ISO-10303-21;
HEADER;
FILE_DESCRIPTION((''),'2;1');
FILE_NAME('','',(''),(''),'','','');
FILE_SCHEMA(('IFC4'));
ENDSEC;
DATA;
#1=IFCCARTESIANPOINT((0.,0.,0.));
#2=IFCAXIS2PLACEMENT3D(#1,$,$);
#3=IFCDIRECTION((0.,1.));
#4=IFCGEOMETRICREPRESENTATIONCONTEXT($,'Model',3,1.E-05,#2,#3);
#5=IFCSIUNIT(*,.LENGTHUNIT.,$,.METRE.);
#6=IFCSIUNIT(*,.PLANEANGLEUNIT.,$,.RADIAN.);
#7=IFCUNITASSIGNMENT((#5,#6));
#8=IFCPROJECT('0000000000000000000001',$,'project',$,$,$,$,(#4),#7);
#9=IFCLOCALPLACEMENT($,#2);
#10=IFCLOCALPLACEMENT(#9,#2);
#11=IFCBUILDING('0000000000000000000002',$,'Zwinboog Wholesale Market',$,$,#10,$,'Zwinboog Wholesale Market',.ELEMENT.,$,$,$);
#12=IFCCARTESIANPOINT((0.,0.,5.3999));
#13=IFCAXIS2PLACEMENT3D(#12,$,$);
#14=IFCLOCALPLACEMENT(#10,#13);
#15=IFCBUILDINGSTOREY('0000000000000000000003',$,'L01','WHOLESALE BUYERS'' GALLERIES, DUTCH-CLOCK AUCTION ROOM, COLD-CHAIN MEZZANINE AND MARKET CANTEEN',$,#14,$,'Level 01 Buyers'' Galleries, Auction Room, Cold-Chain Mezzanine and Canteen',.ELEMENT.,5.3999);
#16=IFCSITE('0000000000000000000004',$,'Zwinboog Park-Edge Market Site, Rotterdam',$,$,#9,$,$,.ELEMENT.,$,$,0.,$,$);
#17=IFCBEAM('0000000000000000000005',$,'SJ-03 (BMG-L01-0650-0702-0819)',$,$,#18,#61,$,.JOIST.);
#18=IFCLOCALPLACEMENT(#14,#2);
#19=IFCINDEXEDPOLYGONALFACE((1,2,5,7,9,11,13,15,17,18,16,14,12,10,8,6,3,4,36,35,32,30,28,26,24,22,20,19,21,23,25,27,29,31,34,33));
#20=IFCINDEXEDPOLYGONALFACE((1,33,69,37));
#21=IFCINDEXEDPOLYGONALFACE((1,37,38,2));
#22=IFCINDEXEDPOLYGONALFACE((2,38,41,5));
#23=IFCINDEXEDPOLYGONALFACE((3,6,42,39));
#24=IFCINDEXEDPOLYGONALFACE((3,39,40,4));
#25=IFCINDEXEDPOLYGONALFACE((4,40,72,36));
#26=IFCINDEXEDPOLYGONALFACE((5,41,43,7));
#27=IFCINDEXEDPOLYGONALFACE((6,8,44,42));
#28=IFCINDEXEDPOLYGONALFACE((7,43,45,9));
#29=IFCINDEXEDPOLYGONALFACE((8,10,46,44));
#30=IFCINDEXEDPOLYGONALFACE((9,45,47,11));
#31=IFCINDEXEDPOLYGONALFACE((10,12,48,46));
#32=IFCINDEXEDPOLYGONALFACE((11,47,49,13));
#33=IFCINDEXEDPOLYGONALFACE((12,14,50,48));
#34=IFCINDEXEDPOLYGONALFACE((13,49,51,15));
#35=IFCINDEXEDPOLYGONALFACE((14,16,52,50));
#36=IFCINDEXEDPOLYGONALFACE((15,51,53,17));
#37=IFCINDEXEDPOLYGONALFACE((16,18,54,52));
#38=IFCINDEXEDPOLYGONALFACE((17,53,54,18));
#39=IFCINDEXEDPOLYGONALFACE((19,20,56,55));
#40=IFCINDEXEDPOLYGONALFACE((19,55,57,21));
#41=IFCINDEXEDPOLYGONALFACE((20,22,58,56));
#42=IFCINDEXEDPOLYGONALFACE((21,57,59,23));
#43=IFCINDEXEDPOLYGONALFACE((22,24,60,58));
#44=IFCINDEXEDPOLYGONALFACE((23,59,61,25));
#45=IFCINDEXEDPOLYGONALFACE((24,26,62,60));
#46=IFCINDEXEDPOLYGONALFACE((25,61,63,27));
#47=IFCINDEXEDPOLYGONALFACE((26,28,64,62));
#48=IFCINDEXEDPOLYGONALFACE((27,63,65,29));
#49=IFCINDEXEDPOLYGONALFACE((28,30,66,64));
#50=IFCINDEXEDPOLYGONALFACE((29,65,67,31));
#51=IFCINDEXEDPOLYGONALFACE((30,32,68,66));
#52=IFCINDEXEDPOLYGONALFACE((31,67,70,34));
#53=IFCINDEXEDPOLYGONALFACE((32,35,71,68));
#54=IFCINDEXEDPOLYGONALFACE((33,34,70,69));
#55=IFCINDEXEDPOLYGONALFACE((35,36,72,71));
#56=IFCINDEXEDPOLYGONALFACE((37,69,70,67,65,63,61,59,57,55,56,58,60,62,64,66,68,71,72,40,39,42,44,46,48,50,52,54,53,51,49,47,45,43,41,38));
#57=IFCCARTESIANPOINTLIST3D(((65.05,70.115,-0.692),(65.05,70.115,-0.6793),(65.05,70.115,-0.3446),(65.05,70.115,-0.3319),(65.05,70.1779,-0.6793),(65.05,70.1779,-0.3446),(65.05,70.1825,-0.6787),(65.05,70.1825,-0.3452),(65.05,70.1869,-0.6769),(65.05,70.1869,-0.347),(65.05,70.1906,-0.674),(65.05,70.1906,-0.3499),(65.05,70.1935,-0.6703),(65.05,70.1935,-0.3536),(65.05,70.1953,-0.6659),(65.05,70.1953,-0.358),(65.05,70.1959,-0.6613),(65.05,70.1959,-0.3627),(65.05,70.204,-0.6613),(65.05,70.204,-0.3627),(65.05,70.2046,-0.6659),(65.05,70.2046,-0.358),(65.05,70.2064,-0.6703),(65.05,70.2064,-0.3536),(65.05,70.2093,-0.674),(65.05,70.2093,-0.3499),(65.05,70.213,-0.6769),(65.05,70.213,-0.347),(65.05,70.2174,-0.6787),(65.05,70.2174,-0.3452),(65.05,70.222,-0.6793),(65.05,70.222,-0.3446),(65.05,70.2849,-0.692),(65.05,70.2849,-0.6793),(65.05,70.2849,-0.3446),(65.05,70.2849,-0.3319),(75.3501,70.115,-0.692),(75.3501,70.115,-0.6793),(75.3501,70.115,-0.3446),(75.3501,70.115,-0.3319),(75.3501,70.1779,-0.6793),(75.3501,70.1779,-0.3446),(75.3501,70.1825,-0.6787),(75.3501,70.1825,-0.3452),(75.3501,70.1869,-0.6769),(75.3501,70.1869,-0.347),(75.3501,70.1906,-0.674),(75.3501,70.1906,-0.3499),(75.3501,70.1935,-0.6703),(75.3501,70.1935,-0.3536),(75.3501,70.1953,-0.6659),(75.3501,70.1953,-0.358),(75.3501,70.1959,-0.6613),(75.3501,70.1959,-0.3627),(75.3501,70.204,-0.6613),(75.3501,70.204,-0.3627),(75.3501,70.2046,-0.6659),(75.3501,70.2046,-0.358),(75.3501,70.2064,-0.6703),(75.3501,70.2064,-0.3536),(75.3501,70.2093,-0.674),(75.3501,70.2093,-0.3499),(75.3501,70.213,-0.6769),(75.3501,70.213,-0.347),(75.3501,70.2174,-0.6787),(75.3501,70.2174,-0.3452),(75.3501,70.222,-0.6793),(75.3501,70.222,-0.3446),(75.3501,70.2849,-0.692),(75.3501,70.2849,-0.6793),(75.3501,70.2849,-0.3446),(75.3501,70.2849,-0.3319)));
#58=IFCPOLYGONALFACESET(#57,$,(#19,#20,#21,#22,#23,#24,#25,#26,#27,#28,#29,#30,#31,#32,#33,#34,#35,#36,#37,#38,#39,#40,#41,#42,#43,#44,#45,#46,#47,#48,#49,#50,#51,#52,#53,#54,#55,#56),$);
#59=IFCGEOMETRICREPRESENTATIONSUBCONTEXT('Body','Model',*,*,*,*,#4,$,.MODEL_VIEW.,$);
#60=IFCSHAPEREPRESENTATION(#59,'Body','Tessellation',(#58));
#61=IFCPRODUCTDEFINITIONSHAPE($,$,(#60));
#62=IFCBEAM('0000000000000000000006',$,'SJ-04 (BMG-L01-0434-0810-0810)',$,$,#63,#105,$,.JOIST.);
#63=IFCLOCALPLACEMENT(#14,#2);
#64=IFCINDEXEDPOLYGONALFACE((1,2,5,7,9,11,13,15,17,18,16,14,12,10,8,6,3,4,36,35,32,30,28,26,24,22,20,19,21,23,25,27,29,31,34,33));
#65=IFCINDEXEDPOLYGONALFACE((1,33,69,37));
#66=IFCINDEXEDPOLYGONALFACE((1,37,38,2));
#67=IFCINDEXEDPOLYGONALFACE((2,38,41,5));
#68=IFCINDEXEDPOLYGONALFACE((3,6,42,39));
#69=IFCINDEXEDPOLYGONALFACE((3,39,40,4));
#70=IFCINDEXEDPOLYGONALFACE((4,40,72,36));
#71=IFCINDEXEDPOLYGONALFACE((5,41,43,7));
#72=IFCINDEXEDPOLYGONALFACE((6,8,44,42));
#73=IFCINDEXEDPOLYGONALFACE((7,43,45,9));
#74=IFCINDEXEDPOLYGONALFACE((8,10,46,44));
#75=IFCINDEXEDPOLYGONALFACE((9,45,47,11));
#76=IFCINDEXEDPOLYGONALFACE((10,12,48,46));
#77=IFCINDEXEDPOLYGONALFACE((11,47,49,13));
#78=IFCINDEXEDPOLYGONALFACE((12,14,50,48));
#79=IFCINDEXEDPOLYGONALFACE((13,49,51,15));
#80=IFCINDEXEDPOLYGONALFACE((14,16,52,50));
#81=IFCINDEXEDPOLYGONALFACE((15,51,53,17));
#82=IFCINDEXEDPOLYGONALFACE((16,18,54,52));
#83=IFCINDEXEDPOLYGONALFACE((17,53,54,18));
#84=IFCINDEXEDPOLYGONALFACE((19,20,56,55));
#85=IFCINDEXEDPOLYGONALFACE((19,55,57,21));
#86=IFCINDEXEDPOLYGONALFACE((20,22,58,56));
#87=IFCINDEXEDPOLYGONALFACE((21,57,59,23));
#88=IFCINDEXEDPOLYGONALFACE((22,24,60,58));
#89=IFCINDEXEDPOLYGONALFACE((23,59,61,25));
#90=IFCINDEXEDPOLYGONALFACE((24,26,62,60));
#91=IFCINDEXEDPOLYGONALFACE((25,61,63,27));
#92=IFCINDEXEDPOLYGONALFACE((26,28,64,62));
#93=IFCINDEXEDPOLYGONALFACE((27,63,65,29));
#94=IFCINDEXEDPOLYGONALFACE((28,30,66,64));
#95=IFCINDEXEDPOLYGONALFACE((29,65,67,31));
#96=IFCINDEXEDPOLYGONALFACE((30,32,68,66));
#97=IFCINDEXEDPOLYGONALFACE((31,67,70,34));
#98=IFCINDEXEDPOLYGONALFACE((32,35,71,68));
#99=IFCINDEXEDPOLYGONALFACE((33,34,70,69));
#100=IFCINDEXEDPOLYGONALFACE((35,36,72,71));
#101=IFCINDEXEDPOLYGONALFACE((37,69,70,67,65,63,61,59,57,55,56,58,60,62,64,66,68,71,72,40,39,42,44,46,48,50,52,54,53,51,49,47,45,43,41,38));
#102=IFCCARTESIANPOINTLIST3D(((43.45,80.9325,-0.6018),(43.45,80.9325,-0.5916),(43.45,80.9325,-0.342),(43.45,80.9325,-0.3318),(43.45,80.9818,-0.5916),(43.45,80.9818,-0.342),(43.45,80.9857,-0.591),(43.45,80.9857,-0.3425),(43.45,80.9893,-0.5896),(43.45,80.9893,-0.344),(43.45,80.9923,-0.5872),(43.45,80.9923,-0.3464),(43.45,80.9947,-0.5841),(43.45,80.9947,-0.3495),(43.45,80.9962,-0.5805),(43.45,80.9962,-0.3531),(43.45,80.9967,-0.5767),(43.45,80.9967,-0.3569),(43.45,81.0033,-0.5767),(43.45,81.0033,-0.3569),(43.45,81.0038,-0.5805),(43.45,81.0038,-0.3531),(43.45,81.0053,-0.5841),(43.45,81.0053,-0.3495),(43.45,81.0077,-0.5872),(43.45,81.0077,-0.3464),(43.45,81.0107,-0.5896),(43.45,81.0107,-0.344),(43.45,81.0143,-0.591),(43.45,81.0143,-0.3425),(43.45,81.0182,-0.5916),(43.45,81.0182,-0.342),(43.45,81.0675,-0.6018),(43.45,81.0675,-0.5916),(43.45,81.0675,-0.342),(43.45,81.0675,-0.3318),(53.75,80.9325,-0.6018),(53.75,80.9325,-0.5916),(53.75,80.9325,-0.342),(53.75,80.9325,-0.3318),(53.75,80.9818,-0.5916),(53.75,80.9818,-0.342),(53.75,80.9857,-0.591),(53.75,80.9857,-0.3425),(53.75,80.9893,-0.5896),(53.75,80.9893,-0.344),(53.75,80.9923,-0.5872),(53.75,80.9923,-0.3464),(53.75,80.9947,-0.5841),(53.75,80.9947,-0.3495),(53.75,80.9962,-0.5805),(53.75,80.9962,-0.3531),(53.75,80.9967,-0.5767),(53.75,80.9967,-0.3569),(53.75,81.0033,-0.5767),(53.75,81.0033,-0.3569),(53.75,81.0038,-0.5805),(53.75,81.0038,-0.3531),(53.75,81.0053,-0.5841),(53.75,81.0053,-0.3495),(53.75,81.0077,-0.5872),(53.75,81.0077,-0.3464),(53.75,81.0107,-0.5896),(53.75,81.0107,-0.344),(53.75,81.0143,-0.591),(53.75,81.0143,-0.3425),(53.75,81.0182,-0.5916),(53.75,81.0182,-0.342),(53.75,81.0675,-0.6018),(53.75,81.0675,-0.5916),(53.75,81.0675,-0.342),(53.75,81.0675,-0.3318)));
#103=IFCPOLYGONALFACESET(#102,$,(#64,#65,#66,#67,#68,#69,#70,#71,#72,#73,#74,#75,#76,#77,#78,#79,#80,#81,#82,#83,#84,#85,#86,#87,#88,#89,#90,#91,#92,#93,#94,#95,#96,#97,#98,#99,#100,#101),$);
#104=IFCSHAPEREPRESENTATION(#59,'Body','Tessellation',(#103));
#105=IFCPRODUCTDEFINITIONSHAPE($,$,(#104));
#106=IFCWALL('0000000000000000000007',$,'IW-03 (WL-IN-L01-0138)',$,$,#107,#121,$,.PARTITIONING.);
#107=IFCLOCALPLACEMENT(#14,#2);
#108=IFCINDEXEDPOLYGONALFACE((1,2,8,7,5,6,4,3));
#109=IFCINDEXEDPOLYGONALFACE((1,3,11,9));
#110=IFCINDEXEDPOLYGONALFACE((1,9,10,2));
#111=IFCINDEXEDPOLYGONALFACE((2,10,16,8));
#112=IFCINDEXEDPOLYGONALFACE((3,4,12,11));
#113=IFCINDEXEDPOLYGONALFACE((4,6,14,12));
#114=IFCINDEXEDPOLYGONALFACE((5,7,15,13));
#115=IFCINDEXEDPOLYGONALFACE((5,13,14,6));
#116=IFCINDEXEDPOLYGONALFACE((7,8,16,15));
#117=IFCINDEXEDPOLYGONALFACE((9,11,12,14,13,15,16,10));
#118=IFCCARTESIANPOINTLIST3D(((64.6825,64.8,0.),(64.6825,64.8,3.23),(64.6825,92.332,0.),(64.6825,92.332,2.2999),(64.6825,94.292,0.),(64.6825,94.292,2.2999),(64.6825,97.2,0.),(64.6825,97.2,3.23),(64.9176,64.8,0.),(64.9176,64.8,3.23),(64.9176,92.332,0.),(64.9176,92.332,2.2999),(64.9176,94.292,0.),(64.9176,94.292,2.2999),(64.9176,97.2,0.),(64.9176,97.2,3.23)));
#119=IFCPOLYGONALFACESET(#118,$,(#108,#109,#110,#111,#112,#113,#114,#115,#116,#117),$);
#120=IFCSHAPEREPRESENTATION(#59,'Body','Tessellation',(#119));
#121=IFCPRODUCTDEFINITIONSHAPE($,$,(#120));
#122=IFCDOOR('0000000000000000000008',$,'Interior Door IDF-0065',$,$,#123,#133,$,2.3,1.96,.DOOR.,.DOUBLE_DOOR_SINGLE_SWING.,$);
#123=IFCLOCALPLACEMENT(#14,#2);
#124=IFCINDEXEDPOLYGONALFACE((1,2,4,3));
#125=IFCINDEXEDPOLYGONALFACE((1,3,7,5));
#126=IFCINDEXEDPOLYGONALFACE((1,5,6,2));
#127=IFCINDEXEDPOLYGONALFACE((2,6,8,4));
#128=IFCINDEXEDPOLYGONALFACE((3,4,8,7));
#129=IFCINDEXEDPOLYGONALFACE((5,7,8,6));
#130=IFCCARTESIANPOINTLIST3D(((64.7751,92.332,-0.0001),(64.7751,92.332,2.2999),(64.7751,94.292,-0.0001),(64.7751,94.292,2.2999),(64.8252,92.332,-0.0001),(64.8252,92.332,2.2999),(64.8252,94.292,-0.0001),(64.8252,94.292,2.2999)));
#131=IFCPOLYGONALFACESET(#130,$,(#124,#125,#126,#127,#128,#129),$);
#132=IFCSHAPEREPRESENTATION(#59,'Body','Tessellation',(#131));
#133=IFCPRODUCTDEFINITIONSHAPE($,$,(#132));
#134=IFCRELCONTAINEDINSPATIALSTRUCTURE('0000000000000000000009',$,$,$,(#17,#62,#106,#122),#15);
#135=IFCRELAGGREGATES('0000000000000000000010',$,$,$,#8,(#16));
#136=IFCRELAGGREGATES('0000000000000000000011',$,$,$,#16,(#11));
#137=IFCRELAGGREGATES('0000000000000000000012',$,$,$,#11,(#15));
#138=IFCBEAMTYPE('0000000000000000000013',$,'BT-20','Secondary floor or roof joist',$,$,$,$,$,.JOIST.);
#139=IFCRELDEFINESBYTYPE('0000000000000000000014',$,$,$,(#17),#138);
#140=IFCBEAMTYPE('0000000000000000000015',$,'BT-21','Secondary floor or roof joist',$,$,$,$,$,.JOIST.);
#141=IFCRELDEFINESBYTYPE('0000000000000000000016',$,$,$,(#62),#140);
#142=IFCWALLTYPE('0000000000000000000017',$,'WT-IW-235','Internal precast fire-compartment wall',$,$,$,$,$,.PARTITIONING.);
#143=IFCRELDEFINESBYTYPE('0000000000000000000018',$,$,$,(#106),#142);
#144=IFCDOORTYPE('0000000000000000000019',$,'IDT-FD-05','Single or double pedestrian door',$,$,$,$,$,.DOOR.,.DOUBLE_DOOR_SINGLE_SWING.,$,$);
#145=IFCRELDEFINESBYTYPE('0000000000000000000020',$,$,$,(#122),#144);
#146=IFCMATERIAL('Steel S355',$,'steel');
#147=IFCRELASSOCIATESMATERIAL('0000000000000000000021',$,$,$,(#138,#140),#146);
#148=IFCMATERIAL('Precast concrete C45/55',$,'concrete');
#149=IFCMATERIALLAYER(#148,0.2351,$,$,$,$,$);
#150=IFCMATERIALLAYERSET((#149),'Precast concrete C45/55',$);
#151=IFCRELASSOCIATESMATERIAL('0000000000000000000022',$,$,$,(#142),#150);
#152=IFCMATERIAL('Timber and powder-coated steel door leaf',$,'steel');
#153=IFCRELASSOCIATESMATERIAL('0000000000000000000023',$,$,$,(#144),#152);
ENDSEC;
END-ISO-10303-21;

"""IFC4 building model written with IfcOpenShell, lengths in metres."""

from ifc_helpers import new_model, si_unit, direction, frame, frame_2d, origin, origin_2d, place, context, subcontext, project, spatial, rectangle, i_section, extrude, material, layer, layer_set, material_profile, profile_set, type_object, element, fill, save


model = new_model("IFC4")

# Units and contexts
model_context = context("Model", 3, precision=1e-05, world=origin(), true_north=direction((0.0, 1.0)))
body_context = subcontext(model_context, "Body", "Model", "MODEL_VIEW")
ifc_project = project(units=[si_unit("LENGTHUNIT", "METRE"), si_unit("PLANEANGLEUNIT", "RADIAN")], contexts=[model_context])

# Site, building, storey
site_placement = place(None, origin())
site = spatial("IfcSite", under=ifc_project, at=site_placement, Name="Zwinboog Park-Edge Market Site, Rotterdam", CompositionType="ELEMENT", RefElevation=0.0)
building_placement = place(site_placement, origin())
building = spatial("IfcBuilding", under=site, at=building_placement, Name="Zwinboog Wholesale Market", LongName="Zwinboog Wholesale Market", CompositionType="ELEMENT")
storey_placement = place(building_placement, frame((0.0, 0.0, 5.3999)))
storey = spatial("IfcBuildingStorey", under=building, at=storey_placement, Name="L01", Description="WHOLESALE BUYERS' GALLERIES, DUTCH-CLOCK AUCTION ROOM, COLD-CHAIN MEZZANINE AND MARKET CANTEEN", LongName="Level 01 Buyers' Galleries, Auction Room, Cold-Chain Mezzanine and Canteen", CompositionType="ELEMENT", Elevation=5.3999)

# Shared definitions
ifc_material_1 = material(Name="Precast concrete C45/55", Category="concrete")

# Beams
ifc_material_2 = material(Name="Steel S355", Category="steel")
ifc_material_profile_1 = material_profile(ifc_material_2, i_section(OverallWidth=0.1699, OverallDepth=0.3601, WebThickness=0.0081, FlangeThickness=0.0127, FilletRadius=0.0181, at=origin_2d()), Name="IPE 360")
ifc_profile_set_1 = profile_set([ifc_material_profile_1], Name="Steel S355")
beam_type_1 = type_object("IfcBeamType", Name="BT-20", Description="Secondary floor or roof joist", PredefinedType="JOIST", material=ifc_profile_set_1)
for number, where, z_axis, x_axis, name in (
    (1, (65.05, 70.2, -0.512), (1.0, 0.0, 0.0), (0.0, 1.0, 0.0), "SJ-03 (BMG-L01-0650-0702-0819)"),
):
    element("IfcBeam", number, at=place(storey_placement, frame(where, z_axis=z_axis, x_axis=x_axis)), inside=storey, type_object=beam_type_1, Name=name, PredefinedType="JOIST", context=body_context, shape_type="SweptSolid", body=[
        extrude(i_section(OverallWidth=0.1699, OverallDepth=0.3601, WebThickness=0.0081, FlangeThickness=0.0127, FilletRadius=0.0181, at=origin_2d()), origin(), (0.0, 0.0, 1.0), 10.3),
    ])
ifc_material_profile_2 = material_profile(ifc_material_2, i_section(OverallWidth=0.135, OverallDepth=0.27, WebThickness=0.0066, FlangeThickness=0.0103, FilletRadius=0.0149, at=origin_2d()), Name="IPE 270")
ifc_profile_set_2 = profile_set([ifc_material_profile_2], Name="Steel S355")
beam_type_2 = type_object("IfcBeamType", Name="BT-21", Description="Secondary floor or roof joist", PredefinedType="JOIST", material=ifc_profile_set_2)
beam_1_placement = place(storey_placement, frame((43.45, 81.0, -0.4668), z_axis=(1.0, 0.0, 0.0), x_axis=(0.0, 1.0, 0.0)))
element("IfcBeam", 2, at=beam_1_placement, inside=storey, type_object=beam_type_2, Name="SJ-04 (BMG-L01-0434-0810-0810)", PredefinedType="JOIST", context=body_context, shape_type="SweptSolid", body=[
    extrude(i_section(OverallWidth=0.135, OverallDepth=0.27, WebThickness=0.0066, FlangeThickness=0.0103, FilletRadius=0.0149, at=origin_2d()), origin(), (0.0, 0.0, 1.0), 10.3),
])

# Wall, opening, door
ifc_layer = layer(ifc_material_1, 0.2351)
ifc_layer_set = layer_set([ifc_layer], Name="Precast concrete C45/55")
wall_type = type_object("IfcWallType", Name="WT-IW-235", Description="Internal precast fire-compartment wall", PredefinedType="PARTITIONING", material=ifc_layer_set)
wall_placement = place(storey_placement, frame((64.8, 64.8, 0.0), z_axis=(0.0, 0.0, 1.0), x_axis=(0.0, 1.0, 0.0)))
wall = element("IfcWall", 3, at=wall_placement, inside=storey, type_object=wall_type, Name="IW-03 (WL-IN-L01-0138)", PredefinedType="PARTITIONING", context=body_context, shape_type="SweptSolid", body=[
    extrude(rectangle(XDim=32.3999, YDim=0.2351, at=frame_2d((16.2, 0.0))), origin(), (0.0, 0.0, 1.0), 3.23),
])
opening_placement = place(wall_placement, frame((27.532, 0.0, 0.0)))
opening = element("IfcOpeningElement", 4, at=opening_placement, cuts=wall, PredefinedType="OPENING", context=body_context, shape_type="SweptSolid", body=[
    extrude(rectangle(XDim=1.96, YDim=2.3, at=frame_2d((0.98, 1.1499))), frame((0.0, 0.1274, 0.0), z_axis=(0.0, -1.0, 0.0), x_axis=(1.0, 0.0, 0.0)), (0.0, 0.0, 1.0), 0.2551),
])
ifc_material_3 = material(Name="Timber and powder-coated steel door leaf", Category="steel")
door_type = type_object("IfcDoorType", Name="IDT-FD-05", Description="Single or double pedestrian door", OperationType="DOUBLE_DOOR_SINGLE_SWING", PredefinedType="DOOR", material=ifc_material_3)
door_placement = place(opening_placement, origin())
door = element("IfcDoor", 5, at=door_placement, inside=storey, type_object=door_type, Name="Interior Door IDF-0065", OperationType="DOUBLE_DOOR_SINGLE_SWING", OverallHeight=2.3, OverallWidth=1.96, PredefinedType="DOOR", context=body_context, shape_type="SweptSolid", body=[
    extrude(rectangle(XDim=1.96, YDim=2.3, at=frame_2d((0.98, 1.1499))), frame((0.0, 0.0249, 0.0), z_axis=(0.0, -1.0, 0.0), x_axis=(1.0, 0.0, 0.0)), (0.0, 0.0, 1.0), 0.05),
])
fill(opening, door)

save(model, "model.ifc")
